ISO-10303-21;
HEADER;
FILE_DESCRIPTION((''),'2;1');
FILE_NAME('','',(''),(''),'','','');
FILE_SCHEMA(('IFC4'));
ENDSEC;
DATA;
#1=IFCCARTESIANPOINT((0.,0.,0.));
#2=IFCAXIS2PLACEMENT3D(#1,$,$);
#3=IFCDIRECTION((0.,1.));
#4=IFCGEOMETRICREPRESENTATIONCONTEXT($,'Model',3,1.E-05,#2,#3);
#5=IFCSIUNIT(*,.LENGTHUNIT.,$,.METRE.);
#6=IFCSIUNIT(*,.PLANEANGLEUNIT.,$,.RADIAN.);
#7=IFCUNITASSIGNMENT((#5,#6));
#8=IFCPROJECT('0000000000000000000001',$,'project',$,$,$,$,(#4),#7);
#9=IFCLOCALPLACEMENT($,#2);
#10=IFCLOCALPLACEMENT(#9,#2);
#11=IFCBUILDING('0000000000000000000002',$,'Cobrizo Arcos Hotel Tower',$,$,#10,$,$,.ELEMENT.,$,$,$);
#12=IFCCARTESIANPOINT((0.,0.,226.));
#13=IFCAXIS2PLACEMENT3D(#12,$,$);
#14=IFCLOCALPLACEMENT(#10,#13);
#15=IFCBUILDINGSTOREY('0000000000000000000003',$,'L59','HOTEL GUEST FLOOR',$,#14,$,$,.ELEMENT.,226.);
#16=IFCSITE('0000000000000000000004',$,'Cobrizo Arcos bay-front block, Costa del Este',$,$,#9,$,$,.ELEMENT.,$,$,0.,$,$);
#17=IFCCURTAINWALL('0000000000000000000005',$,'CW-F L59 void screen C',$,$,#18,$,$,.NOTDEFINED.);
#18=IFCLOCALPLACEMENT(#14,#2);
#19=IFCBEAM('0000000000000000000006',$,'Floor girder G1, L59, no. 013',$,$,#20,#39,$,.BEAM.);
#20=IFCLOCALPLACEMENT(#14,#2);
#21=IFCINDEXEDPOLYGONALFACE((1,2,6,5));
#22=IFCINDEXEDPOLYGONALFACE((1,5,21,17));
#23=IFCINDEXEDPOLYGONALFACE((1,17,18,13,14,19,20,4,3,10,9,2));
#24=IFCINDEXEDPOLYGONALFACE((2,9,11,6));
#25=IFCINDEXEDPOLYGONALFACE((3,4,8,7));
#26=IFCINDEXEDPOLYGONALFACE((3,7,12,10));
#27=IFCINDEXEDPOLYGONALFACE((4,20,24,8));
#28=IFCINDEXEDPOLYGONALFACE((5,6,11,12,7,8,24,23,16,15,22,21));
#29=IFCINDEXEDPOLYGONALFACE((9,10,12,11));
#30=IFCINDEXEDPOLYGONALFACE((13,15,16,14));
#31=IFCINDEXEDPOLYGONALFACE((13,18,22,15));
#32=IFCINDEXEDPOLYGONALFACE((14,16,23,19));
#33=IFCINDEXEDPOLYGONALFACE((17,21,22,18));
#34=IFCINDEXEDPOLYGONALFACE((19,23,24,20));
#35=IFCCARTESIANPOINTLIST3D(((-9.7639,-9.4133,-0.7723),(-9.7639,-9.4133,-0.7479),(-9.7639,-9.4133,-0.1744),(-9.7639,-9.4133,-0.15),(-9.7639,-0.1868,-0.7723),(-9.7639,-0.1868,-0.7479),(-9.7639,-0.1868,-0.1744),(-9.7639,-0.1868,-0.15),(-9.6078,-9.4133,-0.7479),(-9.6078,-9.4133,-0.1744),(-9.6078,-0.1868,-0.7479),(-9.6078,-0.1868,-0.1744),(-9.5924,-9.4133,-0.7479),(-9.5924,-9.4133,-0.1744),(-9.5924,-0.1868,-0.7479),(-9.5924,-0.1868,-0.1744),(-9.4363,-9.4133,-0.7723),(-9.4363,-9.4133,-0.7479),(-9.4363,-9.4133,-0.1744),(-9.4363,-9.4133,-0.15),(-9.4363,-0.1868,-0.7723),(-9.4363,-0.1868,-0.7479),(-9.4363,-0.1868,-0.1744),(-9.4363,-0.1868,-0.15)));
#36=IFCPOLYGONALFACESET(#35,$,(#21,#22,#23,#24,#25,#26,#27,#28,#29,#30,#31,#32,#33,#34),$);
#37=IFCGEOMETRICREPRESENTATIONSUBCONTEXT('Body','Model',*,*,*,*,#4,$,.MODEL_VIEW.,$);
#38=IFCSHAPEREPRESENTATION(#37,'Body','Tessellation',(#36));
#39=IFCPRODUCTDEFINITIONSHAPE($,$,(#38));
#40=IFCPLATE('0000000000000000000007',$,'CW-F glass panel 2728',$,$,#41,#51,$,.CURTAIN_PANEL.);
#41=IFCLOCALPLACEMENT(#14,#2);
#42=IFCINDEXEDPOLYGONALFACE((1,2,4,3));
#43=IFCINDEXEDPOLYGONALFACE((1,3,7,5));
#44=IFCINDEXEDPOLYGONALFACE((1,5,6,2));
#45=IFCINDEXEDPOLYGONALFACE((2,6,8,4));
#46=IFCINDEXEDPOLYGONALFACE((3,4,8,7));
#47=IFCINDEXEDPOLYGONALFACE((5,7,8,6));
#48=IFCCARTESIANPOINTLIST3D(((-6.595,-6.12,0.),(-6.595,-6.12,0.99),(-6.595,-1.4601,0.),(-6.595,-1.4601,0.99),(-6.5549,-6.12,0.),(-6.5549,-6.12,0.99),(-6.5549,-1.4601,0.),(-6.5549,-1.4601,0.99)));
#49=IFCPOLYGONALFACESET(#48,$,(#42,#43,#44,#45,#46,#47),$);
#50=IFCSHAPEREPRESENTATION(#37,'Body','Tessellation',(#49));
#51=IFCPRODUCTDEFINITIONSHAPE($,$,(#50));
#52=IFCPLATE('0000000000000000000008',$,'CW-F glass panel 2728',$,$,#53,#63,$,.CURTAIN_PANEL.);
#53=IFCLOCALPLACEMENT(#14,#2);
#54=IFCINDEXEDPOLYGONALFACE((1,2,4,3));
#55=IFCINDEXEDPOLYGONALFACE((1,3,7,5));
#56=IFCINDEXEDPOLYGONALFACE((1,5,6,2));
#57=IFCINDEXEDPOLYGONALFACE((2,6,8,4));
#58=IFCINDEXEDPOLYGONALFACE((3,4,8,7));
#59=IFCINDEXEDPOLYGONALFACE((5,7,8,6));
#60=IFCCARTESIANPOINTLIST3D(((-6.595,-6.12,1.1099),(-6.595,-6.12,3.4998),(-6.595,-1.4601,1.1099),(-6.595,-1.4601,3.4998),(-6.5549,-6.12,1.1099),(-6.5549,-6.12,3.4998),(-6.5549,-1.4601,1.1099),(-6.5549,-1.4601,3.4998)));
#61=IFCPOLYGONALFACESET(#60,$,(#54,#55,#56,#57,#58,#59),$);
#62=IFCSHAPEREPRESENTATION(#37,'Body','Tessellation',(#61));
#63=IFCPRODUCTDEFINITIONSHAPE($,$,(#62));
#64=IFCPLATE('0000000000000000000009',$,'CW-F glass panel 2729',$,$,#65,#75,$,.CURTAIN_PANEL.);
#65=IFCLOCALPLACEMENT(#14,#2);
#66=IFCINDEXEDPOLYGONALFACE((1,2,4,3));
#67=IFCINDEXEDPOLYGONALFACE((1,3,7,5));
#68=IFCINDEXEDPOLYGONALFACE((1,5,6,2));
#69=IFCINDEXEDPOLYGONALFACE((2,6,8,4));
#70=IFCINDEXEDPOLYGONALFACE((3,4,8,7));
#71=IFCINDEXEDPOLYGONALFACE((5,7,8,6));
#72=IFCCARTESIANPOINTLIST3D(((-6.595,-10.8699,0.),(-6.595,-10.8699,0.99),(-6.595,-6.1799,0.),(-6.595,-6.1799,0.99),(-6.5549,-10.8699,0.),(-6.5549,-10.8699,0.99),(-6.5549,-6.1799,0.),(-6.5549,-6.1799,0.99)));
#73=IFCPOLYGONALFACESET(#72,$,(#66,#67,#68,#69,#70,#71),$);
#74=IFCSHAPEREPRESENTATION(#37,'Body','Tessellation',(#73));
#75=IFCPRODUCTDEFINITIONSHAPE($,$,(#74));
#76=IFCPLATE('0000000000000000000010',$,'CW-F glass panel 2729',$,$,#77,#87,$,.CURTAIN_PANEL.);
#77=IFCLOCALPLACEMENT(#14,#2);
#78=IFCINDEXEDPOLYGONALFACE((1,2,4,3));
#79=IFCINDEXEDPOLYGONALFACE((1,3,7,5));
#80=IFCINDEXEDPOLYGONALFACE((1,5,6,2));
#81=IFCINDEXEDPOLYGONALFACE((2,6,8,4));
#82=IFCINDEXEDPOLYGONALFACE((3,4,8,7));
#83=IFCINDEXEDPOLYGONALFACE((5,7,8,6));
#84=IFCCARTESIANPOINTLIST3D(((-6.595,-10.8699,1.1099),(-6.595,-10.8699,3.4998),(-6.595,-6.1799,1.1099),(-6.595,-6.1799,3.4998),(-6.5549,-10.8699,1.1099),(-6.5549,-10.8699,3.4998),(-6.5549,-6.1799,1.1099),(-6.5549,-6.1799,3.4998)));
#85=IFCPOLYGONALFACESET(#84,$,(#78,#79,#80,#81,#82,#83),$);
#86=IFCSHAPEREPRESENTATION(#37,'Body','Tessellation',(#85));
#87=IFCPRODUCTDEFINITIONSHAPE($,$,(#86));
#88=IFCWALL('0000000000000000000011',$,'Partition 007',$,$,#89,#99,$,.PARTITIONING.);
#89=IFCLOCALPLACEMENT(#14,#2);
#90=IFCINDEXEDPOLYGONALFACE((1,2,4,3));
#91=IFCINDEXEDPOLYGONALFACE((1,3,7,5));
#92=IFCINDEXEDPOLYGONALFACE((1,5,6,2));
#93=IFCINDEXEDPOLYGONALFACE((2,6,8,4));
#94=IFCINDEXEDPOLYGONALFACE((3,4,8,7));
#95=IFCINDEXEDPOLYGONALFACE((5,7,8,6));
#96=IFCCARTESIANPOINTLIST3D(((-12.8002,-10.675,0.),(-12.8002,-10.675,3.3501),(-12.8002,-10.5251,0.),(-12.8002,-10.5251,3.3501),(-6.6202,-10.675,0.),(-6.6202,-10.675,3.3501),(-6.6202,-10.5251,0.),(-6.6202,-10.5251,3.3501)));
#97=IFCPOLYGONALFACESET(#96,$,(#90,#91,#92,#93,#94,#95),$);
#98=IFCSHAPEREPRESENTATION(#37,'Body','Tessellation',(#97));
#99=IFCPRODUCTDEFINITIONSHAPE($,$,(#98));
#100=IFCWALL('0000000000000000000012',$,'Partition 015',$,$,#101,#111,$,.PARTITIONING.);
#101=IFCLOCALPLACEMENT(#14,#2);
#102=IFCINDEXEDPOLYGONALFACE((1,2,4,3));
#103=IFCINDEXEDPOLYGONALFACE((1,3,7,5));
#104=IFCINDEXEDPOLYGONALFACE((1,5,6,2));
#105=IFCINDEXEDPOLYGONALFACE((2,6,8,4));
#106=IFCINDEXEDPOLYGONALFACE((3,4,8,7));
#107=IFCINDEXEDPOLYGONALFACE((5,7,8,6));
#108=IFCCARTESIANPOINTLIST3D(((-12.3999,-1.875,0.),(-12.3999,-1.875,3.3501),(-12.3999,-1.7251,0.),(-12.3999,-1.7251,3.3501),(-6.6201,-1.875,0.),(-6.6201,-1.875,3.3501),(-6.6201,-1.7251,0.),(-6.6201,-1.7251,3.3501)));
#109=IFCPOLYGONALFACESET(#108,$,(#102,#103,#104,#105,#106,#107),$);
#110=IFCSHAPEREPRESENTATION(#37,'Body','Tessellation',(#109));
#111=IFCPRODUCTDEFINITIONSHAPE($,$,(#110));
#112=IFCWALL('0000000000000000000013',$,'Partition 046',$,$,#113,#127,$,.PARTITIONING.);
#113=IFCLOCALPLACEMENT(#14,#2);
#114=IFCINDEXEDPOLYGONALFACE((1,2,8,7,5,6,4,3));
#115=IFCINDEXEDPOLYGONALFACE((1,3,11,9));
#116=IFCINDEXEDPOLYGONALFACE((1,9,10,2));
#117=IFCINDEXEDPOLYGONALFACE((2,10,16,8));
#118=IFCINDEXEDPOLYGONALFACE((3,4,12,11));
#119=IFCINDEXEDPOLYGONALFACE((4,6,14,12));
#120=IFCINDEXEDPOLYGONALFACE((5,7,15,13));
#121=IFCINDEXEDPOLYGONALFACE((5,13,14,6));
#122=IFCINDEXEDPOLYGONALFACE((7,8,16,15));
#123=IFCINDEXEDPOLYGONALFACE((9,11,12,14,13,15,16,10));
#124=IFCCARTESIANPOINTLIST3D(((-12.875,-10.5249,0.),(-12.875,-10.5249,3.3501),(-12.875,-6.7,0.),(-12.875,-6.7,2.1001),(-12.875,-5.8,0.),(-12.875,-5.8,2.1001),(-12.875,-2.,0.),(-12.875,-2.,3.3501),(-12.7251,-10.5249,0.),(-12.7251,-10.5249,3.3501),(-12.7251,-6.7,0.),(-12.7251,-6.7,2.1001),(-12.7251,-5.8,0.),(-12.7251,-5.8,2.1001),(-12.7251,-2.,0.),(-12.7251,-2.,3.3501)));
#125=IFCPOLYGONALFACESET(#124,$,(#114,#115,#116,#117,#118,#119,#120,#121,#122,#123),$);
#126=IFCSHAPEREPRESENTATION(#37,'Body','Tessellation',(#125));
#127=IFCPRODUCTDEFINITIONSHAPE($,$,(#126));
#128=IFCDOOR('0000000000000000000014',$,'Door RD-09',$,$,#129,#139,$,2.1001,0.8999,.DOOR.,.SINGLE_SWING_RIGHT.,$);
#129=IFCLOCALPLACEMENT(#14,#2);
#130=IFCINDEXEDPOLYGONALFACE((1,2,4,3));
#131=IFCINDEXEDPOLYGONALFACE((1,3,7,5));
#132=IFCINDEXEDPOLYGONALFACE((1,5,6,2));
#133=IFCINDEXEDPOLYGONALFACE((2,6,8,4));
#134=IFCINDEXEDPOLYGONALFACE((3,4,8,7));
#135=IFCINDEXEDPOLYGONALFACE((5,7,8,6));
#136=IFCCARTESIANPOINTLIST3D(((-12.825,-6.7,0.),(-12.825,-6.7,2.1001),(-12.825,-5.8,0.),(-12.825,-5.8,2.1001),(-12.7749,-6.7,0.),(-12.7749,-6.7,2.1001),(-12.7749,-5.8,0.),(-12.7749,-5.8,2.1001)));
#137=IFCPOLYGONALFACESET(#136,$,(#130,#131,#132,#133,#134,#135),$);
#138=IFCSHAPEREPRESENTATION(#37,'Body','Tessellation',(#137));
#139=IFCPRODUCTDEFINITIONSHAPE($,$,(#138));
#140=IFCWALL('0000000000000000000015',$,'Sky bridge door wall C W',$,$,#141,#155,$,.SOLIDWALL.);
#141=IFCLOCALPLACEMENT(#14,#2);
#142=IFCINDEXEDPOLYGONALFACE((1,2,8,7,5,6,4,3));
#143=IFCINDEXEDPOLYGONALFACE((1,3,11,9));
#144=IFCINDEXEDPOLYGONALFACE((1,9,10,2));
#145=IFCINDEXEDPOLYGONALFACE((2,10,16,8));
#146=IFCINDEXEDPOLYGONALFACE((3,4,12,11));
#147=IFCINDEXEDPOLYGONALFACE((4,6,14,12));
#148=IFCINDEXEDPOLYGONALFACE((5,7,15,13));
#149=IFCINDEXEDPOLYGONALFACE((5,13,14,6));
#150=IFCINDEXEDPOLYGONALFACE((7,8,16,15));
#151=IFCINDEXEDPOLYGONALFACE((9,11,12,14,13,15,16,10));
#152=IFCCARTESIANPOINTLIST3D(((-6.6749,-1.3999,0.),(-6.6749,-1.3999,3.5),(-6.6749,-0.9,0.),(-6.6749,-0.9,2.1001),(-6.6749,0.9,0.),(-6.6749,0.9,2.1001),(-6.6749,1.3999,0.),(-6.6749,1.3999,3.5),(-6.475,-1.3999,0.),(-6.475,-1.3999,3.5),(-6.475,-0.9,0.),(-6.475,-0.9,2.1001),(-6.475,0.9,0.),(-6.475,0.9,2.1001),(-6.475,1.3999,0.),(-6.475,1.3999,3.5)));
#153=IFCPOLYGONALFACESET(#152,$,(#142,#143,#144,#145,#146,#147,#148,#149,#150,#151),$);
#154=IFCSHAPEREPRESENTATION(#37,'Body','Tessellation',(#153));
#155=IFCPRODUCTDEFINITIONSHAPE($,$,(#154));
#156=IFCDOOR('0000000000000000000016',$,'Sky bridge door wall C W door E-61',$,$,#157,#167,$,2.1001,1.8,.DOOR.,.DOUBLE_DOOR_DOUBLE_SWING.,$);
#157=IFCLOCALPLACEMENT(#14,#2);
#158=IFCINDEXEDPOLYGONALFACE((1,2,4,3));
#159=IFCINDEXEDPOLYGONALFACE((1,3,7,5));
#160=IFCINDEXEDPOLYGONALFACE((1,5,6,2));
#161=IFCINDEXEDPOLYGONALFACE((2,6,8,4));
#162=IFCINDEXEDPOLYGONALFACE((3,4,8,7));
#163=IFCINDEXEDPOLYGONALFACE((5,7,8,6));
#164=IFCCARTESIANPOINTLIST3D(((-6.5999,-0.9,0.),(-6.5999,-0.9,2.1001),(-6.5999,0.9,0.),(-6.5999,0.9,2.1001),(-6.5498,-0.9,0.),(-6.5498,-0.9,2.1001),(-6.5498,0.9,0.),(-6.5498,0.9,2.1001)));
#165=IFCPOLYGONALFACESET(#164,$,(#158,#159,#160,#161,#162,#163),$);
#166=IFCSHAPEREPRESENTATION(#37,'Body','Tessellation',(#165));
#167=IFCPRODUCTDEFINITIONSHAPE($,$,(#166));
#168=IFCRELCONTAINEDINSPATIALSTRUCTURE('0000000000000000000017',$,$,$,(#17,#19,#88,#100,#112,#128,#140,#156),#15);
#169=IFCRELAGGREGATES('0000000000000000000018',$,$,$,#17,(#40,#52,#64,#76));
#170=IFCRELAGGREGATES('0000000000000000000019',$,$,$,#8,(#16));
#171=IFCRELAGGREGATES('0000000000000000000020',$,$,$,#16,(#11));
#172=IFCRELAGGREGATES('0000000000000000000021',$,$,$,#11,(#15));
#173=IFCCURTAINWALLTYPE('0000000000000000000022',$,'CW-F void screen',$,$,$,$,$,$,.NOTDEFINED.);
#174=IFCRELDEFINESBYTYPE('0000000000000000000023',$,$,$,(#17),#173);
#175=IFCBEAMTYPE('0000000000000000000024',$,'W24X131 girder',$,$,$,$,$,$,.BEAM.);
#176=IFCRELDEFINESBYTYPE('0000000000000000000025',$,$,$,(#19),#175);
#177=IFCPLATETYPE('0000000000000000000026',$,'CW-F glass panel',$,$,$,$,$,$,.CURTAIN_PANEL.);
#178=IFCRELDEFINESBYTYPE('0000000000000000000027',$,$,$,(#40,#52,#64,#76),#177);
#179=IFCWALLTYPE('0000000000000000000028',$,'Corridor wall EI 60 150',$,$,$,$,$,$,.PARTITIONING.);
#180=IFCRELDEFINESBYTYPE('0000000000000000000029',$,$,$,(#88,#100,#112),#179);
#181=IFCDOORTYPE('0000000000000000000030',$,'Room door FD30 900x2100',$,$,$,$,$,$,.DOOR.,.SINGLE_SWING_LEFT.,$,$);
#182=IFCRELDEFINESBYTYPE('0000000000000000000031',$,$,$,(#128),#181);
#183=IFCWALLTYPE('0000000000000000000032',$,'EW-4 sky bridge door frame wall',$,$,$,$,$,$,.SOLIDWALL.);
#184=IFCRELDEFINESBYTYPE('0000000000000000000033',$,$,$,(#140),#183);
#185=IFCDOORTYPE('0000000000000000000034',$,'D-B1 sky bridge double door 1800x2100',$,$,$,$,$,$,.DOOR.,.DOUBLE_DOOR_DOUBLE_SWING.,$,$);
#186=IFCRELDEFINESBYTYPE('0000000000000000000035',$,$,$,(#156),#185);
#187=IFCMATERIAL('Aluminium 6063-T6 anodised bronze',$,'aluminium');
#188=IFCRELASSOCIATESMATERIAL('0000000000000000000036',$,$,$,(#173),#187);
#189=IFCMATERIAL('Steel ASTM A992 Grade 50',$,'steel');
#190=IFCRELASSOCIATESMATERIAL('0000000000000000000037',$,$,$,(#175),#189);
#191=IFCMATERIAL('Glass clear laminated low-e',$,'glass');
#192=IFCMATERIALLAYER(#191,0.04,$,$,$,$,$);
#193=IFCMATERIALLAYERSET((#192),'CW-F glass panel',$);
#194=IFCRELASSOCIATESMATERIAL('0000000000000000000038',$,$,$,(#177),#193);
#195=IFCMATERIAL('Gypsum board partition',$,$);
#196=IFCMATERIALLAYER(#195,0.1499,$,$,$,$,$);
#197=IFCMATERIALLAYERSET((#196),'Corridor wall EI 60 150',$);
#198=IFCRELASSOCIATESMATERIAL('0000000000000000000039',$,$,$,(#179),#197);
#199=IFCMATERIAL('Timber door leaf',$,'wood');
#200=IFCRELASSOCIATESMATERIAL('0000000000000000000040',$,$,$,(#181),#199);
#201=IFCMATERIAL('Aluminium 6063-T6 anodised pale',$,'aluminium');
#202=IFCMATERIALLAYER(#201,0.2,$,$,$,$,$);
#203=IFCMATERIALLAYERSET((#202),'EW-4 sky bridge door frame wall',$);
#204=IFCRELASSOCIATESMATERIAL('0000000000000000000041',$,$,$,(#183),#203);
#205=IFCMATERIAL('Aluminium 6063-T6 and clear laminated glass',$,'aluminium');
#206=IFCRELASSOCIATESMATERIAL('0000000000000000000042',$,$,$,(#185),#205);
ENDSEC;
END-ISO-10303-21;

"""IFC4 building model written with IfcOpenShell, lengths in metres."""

from ifc_helpers import new_model, si_unit, direction, frame, frame_2d, origin, origin_2d, place, context, subcontext, project, spatial, rectangle, i_section, extrude, material, layer, layer_set, material_profile, profile_set, type_object, element, fill, aggregate, save


model = new_model("IFC4")

# Units and contexts
model_context = context("Model", 3, precision=1e-05, world=origin(), true_north=direction((0.0, 1.0)))
body_context = subcontext(model_context, "Body", "Model", "MODEL_VIEW")
ifc_project = project(units=[si_unit("LENGTHUNIT", "METRE"), si_unit("PLANEANGLEUNIT", "RADIAN")], contexts=[model_context])

# Site, building, storey
site_placement = place(None, origin())
site = spatial("IfcSite", under=ifc_project, at=site_placement, Name="Cobrizo Arcos bay-front block, Costa del Este", CompositionType="ELEMENT", RefElevation=0.0)
building_placement = place(site_placement, origin())
building = spatial("IfcBuilding", under=site, at=building_placement, Name="Cobrizo Arcos Hotel Tower", CompositionType="ELEMENT")
storey_placement = place(building_placement, frame((0.0, 0.0, 226.0)))
storey = spatial("IfcBuildingStorey", under=building, at=storey_placement, Name="L59", Description="HOTEL GUEST FLOOR", CompositionType="ELEMENT", Elevation=226.0)

# Shared definitions
ifc_material_1 = material(Name="Steel ASTM A992 Grade 50", Category="steel")

# Curtain wall
ifc_material_2 = material(Name="Aluminium 6063-T6 anodised bronze", Category="aluminium")
curtain_wall_type = type_object("IfcCurtainWallType", Name="CW-F void screen", PredefinedType="NOTDEFINED", material=ifc_material_2)
curtain_wall_placement = place(storey_placement, origin())
curtain_wall = element("IfcCurtainWall", 1, at=curtain_wall_placement, inside=storey, type_object=curtain_wall_type, Name="CW-F L59 void screen C", PredefinedType="NOTDEFINED")

# Beam
ifc_material_profile_1 = material_profile(ifc_material_1, i_section(OverallWidth=0.3276, OverallDepth=0.6223, WebThickness=0.0154, FlangeThickness=0.0244, at=origin_2d()), Name="W24X131")
ifc_profile_set_1 = profile_set([ifc_material_profile_1], Name="Steel ASTM A992 Grade 50")
beam_type_1 = type_object("IfcBeamType", Name="W24X131 girder", PredefinedType="BEAM", material=ifc_profile_set_1)
beam_1_placement = place(storey_placement, frame((-9.6001, -9.4133, -0.4612), z_axis=(0.0, 1.0, 0.0), x_axis=(-1.0, 0.0, 0.0)))
element("IfcBeam", 2, at=beam_1_placement, inside=storey, type_object=beam_type_1, Name="Floor girder G1, L59, no. 013", PredefinedType="BEAM", context=body_context, shape_type="SweptSolid", body=[
    extrude(i_section(OverallWidth=0.3276, OverallDepth=0.6223, WebThickness=0.0154, FlangeThickness=0.0244, at=origin_2d()), origin(), (0.0, 0.0, 1.0), 9.2266),
])

# Plates
ifc_material_3 = material(Name="Glass clear laminated low-e", Category="glass")
ifc_layer_1 = layer(ifc_material_3, 0.04)
ifc_layer_set_1 = layer_set([ifc_layer_1], Name="CW-F glass panel")
plate_type = type_object("IfcPlateType", Name="CW-F glass panel", PredefinedType="CURTAIN_PANEL", material=ifc_layer_set_1)
plate_1_placement = place(storey_placement, frame((-6.575, -3.79, 0.0), z_axis=(0.0, 0.0, 1.0), x_axis=(0.0, -1.0, 0.0)))
plate_1 = element("IfcPlate", 3, at=plate_1_placement, type_object=plate_type, Name="CW-F glass panel 2728", PredefinedType="CURTAIN_PANEL", context=body_context, shape_type="SweptSolid", body=[
    extrude(rectangle(XDim=4.6599, YDim=0.04, at=origin_2d()), origin(), (0.0, 0.0, 1.0), 0.99),
])
plate_2_placement = place(storey_placement, frame((-6.575, -3.79, 1.1099), z_axis=(0.0, 0.0, 1.0), x_axis=(0.0, -1.0, 0.0)))
plate_2 = element("IfcPlate", 4, at=plate_2_placement, type_object=plate_type, Name="CW-F glass panel 2728", PredefinedType="CURTAIN_PANEL", context=body_context, shape_type="SweptSolid", body=[
    extrude(rectangle(XDim=4.6599, YDim=0.04, at=origin_2d()), origin(), (0.0, 0.0, 1.0), 2.3899),
])
plate_3_placement = place(storey_placement, frame((-6.575, -8.5249, 0.0), z_axis=(0.0, 0.0, 1.0), x_axis=(0.0, -1.0, 0.0)))
plate_3 = element("IfcPlate", 5, at=plate_3_placement, type_object=plate_type, Name="CW-F glass panel 2729", PredefinedType="CURTAIN_PANEL", context=body_context, shape_type="SweptSolid", body=[
    extrude(rectangle(XDim=4.6899, YDim=0.04, at=origin_2d()), origin(), (0.0, 0.0, 1.0), 0.99),
])
plate_4_placement = place(storey_placement, frame((-6.575, -8.5249, 1.1099), z_axis=(0.0, 0.0, 1.0), x_axis=(0.0, -1.0, 0.0)))
plate_4 = element("IfcPlate", 6, at=plate_4_placement, type_object=plate_type, Name="CW-F glass panel 2729", PredefinedType="CURTAIN_PANEL", context=body_context, shape_type="SweptSolid", body=[
    extrude(rectangle(XDim=4.6899, YDim=0.04, at=origin_2d()), origin(), (0.0, 0.0, 1.0), 2.3899),
])
aggregate(curtain_wall, [plate_1, plate_2, plate_3, plate_4])

# Walls
ifc_material_4 = material(Name="Gypsum board partition")
ifc_layer_2 = layer(ifc_material_4, 0.1499)
ifc_layer_set_2 = layer_set([ifc_layer_2], Name="Corridor wall EI 60 150")
wall_type_1 = type_object("IfcWallType", Name="Corridor wall EI 60 150", PredefinedType="PARTITIONING", material=ifc_layer_set_2)
wall_1_placement = place(storey_placement, frame((-12.8, -10.6001, 0.0), z_axis=(0.0, 0.0, 1.0), x_axis=(1.0, 0.0, 0.0)))
element("IfcWall", 7, at=wall_1_placement, inside=storey, type_object=wall_type_1, Name="Partition 007", PredefinedType="PARTITIONING", context=body_context, shape_type="SweptSolid", body=[
    extrude(rectangle(XDim=6.1799, YDim=0.1499, at=frame_2d((3.0898, 0.0))), origin(), (0.0, 0.0, 1.0), 3.3501),
])
wall_2_placement = place(storey_placement, frame((-12.3999, -1.8, 0.0), z_axis=(0.0, 0.0, 1.0), x_axis=(1.0, 0.0, 0.0)))
element("IfcWall", 8, at=wall_2_placement, inside=storey, type_object=wall_type_1, Name="Partition 015", PredefinedType="PARTITIONING", context=body_context, shape_type="SweptSolid", body=[
    extrude(rectangle(XDim=5.7798, YDim=0.1499, at=frame_2d((2.8899, 0.0))), origin(), (0.0, 0.0, 1.0), 3.3501),
])

# Walls, openings, doors
wall_3_placement = place(storey_placement, frame((-12.8, -10.5249, 0.0), z_axis=(0.0, 0.0, 1.0), x_axis=(0.0, 1.0, 0.0)))
wall_3 = element("IfcWall", 9, at=wall_3_placement, inside=storey, type_object=wall_type_1, Name="Partition 046", PredefinedType="PARTITIONING", context=body_context, shape_type="SweptSolid", body=[
    extrude(rectangle(XDim=8.5249, YDim=0.1499, at=frame_2d((4.2625, 0.0))), origin(), (0.0, 0.0, 1.0), 3.3501),
])
opening_1_placement = place(wall_3_placement, frame((3.825, 0.0, 0.0)))
opening_1 = element("IfcOpeningElement", 10, at=opening_1_placement, cuts=wall_3, PredefinedType="OPENING", context=body_context, shape_type="SweptSolid", body=[
    extrude(rectangle(XDim=0.8999, YDim=2.1001, at=frame_2d((0.45, 1.05))), frame((0.0, 0.0869, 0.0), z_axis=(0.0, -1.0, 0.0), x_axis=(1.0, 0.0, 0.0)), (0.0, 0.0, 1.0), 0.1738),
])
ifc_material_5 = material(Name="Timber door leaf", Category="wood")
door_type_1 = type_object("IfcDoorType", Name="Room door FD30 900x2100", OperationType="SINGLE_SWING_LEFT", PredefinedType="DOOR", material=ifc_material_5)
door_1_placement = place(opening_1_placement, origin())
door_1 = element("IfcDoor", 11, at=door_1_placement, inside=storey, type_object=door_type_1, Name="Door RD-09", OperationType="SINGLE_SWING_RIGHT", OverallHeight=2.1001, OverallWidth=0.8999, PredefinedType="DOOR", context=body_context, shape_type="SweptSolid", body=[
    extrude(rectangle(XDim=0.8999, YDim=2.1001, at=frame_2d((0.45, 1.05))), frame((0.0, 0.0249, 0.0), z_axis=(0.0, -1.0, 0.0), x_axis=(1.0, 0.0, 0.0)), (0.0, 0.0, 1.0), 0.05),
])
fill(opening_1, door_1)
ifc_material_6 = material(Name="Aluminium 6063-T6 anodised pale", Category="aluminium")
ifc_layer_3 = layer(ifc_material_6, 0.2)
ifc_layer_set_3 = layer_set([ifc_layer_3], Name="EW-4 sky bridge door frame wall")
wall_type_2 = type_object("IfcWallType", Name="EW-4 sky bridge door frame wall", PredefinedType="SOLIDWALL", material=ifc_layer_set_3)
wall_4_placement = place(storey_placement, frame((-6.575, -1.3999, 0.0), z_axis=(0.0, 0.0, 1.0), x_axis=(0.0, 1.0, 0.0)))
wall_4 = element("IfcWall", 12, at=wall_4_placement, inside=storey, type_object=wall_type_2, Name="Sky bridge door wall C W", PredefinedType="SOLIDWALL", context=body_context, shape_type="SweptSolid", body=[
    extrude(rectangle(XDim=2.7998, YDim=0.2, at=frame_2d((1.3999, 0.0))), origin(), (0.0, 0.0, 1.0), 3.5),
])
opening_2_placement = place(wall_4_placement, frame((0.5, 0.0, 0.0)))
opening_2 = element("IfcOpeningElement", 13, at=opening_2_placement, cuts=wall_4, PredefinedType="OPENING", context=body_context, shape_type="SweptSolid", body=[
    extrude(rectangle(XDim=1.8, YDim=2.1001, at=frame_2d((0.8999, 1.05))), frame((0.0, 0.1121, 0.0), z_axis=(0.0, -1.0, 0.0), x_axis=(1.0, 0.0, 0.0)), (0.0, 0.0, 1.0), 0.2239),
])
ifc_material_7 = material(Name="Aluminium 6063-T6 and clear laminated glass", Category="aluminium")
door_type_2 = type_object("IfcDoorType", Name="D-B1 sky bridge double door 1800x2100", OperationType="DOUBLE_DOOR_DOUBLE_SWING", PredefinedType="DOOR", material=ifc_material_7)
door_2_placement = place(opening_2_placement, origin())
door_2 = element("IfcDoor", 14, at=door_2_placement, inside=storey, type_object=door_type_2, Name="Sky bridge door wall C W door E-61", OperationType="DOUBLE_DOOR_DOUBLE_SWING", OverallHeight=2.1001, OverallWidth=1.8, PredefinedType="DOOR", context=body_context, shape_type="SweptSolid", body=[
    extrude(rectangle(XDim=1.8, YDim=2.1001, at=frame_2d((0.8999, 1.05))), frame((0.0, 0.0249, 0.0), z_axis=(0.0, -1.0, 0.0), x_axis=(1.0, 0.0, 0.0)), (0.0, 0.0, 1.0), 0.05),
])
fill(opening_2, door_2)

save(model, "model.ifc")
